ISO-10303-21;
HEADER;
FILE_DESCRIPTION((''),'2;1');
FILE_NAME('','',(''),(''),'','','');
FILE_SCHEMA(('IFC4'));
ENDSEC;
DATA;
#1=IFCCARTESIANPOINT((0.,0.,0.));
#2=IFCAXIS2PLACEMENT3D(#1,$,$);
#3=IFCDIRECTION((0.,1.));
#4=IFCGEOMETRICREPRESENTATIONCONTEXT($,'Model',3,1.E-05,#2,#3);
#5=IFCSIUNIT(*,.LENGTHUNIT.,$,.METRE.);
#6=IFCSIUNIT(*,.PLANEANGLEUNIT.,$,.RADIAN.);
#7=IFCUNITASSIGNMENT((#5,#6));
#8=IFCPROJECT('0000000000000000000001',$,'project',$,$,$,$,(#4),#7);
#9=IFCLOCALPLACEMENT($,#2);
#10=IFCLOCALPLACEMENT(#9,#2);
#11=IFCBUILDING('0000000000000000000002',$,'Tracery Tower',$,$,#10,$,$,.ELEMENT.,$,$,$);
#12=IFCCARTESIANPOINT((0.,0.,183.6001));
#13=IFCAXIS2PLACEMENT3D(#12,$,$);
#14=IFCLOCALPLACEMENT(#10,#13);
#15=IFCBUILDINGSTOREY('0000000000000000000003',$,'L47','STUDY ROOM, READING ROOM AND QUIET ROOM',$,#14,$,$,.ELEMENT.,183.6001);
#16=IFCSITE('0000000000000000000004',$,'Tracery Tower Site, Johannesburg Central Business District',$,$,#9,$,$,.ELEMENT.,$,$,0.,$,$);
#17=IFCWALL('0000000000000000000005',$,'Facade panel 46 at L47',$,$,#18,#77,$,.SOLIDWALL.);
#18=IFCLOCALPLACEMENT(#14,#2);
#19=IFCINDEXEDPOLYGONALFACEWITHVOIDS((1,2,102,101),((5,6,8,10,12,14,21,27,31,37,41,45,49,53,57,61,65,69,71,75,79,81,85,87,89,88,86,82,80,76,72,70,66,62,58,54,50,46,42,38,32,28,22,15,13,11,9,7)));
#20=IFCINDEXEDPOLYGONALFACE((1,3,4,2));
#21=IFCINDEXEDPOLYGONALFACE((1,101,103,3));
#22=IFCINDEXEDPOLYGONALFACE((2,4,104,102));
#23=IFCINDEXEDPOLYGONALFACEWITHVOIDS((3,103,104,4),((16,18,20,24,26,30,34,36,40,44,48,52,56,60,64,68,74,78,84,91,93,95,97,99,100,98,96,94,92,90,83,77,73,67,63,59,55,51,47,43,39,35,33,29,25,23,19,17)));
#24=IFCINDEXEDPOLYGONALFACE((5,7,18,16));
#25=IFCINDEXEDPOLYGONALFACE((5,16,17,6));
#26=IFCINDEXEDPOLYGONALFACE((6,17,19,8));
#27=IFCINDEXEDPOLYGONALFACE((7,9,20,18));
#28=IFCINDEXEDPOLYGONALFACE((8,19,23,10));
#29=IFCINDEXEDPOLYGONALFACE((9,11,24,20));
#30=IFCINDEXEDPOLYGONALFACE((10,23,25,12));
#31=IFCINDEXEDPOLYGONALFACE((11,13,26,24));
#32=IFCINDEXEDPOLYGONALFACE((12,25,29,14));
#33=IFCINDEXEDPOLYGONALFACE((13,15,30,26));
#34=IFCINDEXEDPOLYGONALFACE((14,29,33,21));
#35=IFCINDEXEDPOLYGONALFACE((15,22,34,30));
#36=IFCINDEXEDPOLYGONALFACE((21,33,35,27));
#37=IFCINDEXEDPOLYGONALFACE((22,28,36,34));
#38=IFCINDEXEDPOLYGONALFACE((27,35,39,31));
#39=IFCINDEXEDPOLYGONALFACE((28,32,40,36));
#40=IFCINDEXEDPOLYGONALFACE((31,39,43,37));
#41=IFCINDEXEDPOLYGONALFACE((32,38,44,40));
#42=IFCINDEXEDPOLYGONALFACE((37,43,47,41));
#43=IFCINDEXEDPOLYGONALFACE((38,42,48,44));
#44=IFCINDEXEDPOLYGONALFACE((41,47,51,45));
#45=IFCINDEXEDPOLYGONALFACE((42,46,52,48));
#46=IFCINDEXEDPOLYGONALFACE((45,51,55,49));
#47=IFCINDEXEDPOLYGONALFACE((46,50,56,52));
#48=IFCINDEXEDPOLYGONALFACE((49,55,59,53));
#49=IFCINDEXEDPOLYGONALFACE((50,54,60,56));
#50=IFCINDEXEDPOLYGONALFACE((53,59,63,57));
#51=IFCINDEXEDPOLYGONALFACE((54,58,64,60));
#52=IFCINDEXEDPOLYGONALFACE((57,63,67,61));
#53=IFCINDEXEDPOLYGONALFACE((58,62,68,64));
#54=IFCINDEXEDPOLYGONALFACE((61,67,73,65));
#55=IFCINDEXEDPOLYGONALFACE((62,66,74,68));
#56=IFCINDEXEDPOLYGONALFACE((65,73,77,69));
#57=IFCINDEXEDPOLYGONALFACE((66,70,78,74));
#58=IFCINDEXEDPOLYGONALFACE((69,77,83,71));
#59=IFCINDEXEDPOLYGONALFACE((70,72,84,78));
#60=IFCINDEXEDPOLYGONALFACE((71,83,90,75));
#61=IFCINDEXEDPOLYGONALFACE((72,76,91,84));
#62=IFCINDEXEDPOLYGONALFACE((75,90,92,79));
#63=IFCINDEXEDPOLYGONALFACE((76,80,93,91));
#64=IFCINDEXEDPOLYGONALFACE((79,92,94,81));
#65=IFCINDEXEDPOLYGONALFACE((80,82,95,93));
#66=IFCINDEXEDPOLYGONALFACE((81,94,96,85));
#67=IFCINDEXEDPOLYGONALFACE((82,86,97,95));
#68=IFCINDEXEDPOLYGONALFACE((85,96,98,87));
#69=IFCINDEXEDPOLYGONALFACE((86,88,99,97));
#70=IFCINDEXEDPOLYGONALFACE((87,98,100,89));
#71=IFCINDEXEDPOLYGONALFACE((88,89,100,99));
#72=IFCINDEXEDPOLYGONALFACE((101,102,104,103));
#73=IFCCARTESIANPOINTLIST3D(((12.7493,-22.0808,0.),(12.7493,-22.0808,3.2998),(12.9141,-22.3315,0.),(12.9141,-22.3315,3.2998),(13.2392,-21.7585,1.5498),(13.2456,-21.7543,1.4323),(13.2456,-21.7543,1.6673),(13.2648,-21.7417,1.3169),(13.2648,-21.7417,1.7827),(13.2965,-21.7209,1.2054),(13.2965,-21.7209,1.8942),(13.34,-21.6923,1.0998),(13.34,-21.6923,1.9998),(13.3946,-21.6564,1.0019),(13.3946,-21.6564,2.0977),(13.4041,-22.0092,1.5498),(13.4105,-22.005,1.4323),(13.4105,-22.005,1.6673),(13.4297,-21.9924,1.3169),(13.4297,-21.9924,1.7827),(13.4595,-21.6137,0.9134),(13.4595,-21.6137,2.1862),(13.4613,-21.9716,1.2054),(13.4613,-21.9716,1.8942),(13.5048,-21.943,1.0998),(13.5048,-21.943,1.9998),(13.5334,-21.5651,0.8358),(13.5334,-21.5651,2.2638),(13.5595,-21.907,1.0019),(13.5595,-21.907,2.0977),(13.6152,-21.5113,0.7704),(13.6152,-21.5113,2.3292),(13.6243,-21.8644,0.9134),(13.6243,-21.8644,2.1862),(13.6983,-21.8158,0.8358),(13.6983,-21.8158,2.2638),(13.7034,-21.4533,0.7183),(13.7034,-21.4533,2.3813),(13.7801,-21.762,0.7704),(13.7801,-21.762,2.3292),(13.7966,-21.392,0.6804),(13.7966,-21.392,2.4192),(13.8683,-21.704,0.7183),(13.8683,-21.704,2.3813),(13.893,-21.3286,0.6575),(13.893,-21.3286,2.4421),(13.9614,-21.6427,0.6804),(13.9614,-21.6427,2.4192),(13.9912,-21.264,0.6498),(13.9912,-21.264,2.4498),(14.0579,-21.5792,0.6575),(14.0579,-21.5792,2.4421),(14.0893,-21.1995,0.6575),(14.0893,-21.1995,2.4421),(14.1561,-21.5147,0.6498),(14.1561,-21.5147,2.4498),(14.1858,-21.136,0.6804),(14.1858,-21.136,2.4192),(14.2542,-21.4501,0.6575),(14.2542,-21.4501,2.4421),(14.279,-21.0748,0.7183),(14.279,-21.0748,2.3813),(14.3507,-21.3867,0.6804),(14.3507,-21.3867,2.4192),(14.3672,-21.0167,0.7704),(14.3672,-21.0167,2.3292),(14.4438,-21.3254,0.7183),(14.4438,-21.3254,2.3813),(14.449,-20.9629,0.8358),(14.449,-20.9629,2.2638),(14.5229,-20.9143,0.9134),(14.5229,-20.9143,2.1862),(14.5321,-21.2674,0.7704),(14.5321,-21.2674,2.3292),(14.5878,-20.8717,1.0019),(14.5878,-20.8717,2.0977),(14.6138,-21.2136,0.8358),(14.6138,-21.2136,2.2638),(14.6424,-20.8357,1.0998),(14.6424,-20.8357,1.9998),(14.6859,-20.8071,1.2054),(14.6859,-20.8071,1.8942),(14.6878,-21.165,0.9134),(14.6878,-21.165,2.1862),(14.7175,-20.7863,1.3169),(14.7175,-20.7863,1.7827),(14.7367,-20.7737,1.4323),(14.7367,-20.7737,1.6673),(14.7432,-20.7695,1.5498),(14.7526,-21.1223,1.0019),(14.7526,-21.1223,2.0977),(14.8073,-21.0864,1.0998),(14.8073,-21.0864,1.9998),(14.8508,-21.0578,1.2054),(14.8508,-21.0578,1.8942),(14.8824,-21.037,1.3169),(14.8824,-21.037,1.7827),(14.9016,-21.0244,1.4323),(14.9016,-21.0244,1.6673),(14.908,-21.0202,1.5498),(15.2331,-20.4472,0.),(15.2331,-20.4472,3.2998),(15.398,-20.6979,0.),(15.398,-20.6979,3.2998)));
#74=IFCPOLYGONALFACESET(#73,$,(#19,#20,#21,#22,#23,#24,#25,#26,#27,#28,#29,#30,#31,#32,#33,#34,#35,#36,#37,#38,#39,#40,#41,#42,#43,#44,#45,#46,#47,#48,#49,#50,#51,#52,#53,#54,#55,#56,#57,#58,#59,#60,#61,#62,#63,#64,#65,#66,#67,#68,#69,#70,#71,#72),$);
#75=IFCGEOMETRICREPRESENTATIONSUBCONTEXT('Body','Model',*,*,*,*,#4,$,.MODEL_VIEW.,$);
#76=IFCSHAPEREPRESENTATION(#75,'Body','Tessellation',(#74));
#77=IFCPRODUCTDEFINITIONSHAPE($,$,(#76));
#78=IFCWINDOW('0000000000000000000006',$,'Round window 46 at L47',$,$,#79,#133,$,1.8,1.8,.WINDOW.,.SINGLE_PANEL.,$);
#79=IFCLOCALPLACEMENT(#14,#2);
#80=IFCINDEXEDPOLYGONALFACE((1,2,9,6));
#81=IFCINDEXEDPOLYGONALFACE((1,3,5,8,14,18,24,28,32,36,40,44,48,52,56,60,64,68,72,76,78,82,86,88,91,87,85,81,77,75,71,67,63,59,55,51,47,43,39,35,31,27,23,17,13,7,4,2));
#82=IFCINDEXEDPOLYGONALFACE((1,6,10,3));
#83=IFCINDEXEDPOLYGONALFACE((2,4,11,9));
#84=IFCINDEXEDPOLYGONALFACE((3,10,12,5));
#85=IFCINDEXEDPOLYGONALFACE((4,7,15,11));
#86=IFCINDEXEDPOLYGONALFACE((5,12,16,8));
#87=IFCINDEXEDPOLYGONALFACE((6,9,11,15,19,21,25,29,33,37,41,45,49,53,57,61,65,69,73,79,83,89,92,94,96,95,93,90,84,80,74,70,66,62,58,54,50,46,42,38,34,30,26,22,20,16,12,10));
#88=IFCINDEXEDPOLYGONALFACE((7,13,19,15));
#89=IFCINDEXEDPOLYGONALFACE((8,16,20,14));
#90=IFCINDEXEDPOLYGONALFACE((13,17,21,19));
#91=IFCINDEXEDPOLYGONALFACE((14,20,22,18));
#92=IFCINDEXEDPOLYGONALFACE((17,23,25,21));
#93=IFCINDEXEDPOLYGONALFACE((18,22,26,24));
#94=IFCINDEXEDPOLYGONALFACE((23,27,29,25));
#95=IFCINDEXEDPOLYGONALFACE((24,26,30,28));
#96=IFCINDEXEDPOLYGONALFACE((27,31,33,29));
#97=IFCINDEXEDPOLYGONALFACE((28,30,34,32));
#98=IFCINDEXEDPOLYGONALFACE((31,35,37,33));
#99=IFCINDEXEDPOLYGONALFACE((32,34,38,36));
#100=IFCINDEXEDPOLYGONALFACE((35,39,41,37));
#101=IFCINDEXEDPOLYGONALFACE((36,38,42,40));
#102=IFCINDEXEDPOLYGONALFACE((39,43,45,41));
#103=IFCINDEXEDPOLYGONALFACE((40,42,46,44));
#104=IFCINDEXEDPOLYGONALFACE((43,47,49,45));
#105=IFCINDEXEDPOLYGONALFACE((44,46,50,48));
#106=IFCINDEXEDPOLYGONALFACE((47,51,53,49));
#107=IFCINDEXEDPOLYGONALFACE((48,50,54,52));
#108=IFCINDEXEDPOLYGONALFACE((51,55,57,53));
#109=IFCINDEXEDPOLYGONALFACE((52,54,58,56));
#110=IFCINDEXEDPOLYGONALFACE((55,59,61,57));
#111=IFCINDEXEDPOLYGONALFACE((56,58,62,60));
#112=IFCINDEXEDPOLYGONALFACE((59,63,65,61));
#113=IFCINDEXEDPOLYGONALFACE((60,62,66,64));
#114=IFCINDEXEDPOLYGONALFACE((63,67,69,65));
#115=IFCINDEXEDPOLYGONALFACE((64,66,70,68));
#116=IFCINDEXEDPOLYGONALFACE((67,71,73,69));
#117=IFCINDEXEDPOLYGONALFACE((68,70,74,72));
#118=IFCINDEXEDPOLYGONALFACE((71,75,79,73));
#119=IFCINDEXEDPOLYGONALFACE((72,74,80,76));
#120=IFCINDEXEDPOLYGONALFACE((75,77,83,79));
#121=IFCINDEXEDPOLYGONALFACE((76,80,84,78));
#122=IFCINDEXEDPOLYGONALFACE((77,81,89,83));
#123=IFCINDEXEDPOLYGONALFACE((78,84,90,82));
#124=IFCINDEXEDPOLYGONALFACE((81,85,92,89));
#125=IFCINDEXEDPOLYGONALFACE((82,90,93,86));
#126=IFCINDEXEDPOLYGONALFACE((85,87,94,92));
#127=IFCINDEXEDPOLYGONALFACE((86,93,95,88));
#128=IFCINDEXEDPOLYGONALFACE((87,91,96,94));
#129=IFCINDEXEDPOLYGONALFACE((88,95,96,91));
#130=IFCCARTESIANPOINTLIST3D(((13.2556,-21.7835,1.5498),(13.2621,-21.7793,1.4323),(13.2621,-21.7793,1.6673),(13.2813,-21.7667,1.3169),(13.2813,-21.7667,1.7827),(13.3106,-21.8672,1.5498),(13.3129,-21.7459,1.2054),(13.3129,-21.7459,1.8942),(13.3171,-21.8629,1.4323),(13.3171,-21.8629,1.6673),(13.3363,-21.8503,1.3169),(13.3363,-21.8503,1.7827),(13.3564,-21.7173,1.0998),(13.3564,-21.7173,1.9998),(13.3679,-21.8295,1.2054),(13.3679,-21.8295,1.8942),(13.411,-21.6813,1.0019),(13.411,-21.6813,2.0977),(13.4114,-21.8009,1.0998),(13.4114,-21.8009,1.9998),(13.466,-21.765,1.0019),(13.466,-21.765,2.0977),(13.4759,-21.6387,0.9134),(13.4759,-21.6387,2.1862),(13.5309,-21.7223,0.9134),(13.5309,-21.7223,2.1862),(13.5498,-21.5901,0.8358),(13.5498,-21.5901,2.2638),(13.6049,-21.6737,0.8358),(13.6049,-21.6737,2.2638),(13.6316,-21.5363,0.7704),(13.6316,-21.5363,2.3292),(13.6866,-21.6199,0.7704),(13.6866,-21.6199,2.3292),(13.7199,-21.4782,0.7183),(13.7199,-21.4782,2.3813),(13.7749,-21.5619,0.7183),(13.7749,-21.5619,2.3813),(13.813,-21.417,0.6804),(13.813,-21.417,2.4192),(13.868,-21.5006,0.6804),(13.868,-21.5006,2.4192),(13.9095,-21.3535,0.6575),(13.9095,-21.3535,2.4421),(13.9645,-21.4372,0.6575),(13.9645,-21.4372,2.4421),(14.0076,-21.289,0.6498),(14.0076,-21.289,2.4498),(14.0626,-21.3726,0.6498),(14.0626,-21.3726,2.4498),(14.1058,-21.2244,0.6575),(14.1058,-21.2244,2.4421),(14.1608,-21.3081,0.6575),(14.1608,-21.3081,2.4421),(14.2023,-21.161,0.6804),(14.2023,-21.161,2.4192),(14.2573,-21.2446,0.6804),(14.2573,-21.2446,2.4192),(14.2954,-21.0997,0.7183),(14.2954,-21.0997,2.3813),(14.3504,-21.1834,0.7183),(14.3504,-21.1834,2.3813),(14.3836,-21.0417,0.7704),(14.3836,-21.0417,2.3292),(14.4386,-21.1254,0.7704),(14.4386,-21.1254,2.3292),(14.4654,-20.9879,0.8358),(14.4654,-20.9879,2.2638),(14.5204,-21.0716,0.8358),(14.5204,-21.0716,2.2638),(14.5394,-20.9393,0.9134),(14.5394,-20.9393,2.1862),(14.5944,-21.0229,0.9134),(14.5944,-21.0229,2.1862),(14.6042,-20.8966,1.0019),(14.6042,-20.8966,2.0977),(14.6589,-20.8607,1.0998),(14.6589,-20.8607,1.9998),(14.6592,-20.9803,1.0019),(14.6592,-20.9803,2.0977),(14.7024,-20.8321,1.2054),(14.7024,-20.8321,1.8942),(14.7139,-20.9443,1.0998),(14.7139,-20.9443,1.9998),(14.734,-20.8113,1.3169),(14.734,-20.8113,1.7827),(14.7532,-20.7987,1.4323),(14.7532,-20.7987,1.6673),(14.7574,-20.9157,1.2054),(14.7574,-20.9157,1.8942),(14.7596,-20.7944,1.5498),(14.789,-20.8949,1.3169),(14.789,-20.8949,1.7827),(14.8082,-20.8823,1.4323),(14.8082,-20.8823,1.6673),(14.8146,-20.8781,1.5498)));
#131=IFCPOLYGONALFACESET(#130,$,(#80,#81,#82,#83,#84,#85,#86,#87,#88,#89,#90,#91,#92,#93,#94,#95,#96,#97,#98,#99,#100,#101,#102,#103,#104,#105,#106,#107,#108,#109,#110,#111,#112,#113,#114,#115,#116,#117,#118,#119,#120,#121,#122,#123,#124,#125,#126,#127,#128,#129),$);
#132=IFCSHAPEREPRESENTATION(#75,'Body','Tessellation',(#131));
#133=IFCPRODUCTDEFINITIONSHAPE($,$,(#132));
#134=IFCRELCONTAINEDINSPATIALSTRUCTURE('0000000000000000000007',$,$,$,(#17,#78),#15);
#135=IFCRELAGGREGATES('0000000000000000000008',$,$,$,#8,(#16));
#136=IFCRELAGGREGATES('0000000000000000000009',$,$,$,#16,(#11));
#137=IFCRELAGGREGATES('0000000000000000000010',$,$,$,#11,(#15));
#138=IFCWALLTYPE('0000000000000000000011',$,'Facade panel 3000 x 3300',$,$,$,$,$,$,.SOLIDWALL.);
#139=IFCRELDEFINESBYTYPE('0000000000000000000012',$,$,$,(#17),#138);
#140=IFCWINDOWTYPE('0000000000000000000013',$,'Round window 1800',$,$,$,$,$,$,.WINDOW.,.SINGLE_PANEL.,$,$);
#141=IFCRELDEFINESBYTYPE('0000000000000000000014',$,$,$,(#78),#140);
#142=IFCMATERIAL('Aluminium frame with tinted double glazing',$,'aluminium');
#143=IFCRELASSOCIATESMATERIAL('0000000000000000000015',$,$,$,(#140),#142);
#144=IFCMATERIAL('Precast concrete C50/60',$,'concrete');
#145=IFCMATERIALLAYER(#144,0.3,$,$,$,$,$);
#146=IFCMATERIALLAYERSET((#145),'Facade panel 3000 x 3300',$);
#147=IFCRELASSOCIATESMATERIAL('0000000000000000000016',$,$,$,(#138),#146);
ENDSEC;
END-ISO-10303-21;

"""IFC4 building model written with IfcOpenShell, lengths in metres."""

from ifc_helpers import new_model, si_unit, direction, frame, frame_2d, origin, origin_2d, place, context, subcontext, project, spatial, rectangle, circle, extrude, material, layer, layer_set, type_object, element, fill, save


model = new_model("IFC4")

# Units and contexts
model_context = context("Model", 3, precision=1e-05, world=origin(), true_north=direction((0.0, 1.0)))
body_context = subcontext(model_context, "Body", "Model", "MODEL_VIEW")
ifc_project = project(units=[si_unit("LENGTHUNIT", "METRE"), si_unit("PLANEANGLEUNIT", "RADIAN")], contexts=[model_context])

# Site, building, storey
site_placement = place(None, origin())
site = spatial("IfcSite", under=ifc_project, at=site_placement, Name="Tracery Tower Site, Johannesburg Central Business District", CompositionType="ELEMENT", RefElevation=0.0)
building_placement = place(site_placement, origin())
building = spatial("IfcBuilding", under=site, at=building_placement, Name="Tracery Tower", CompositionType="ELEMENT")
storey_placement = place(building_placement, frame((0.0, 0.0, 183.6001)))
storey = spatial("IfcBuildingStorey", under=building, at=storey_placement, Name="L47", Description="STUDY ROOM, READING ROOM AND QUIET ROOM", CompositionType="ELEMENT", Elevation=183.6001)

# Wall, opening, window
ifc_material_1 = material(Name="Aluminium frame with tinted double glazing", Category="aluminium")
window_type = type_object("IfcWindowType", Name="Round window 1800", PartitioningType="SINGLE_PANEL", PredefinedType="WINDOW", material=ifc_material_1)
ifc_material_2 = material(Name="Precast concrete C50/60", Category="concrete")
ifc_layer_1 = layer(ifc_material_2, 0.3)
ifc_layer_set_1 = layer_set([ifc_layer_1], Name="Facade panel 3000 x 3300")
wall_type_1 = type_object("IfcWallType", Name="Facade panel 3000 x 3300", PredefinedType="SOLIDWALL", material=ifc_layer_set_1)
wall_1_placement = place(storey_placement, frame((12.8318, -22.2061, 0.0), z_axis=(0.0, 0.0, 1.0), x_axis=(0.835508, 0.549478, 0.0)))
wall_1 = element("IfcWall", 1, at=wall_1_placement, inside=storey, type_object=wall_type_1, Name="Facade panel 46 at L47", PredefinedType="SOLIDWALL", context=body_context, shape_type="SweptSolid", body=[
    extrude(rectangle(XDim=2.9729, YDim=0.3, at=frame_2d((1.4863, 0.0))), origin(), (0.0, 0.0, 1.0), 3.2998),
])
opening_1_placement = place(wall_1_placement, frame((1.4863, 0.0, 1.5498)))
opening_1 = element("IfcOpeningElement", 2, at=opening_1_placement, cuts=wall_1, PredefinedType="OPENING", context=body_context, shape_type="SweptSolid", body=[
    extrude(circle(Radius=0.9, at=origin_2d()), frame((0.0, 0.1599, 0.0), z_axis=(0.0, -1.0, 0.0), x_axis=(1.0, 0.0, 0.0)), (0.0, 0.0, 1.0), 0.3201),
])
window_1_placement = place(opening_1_placement, origin())
window_1 = element("IfcWindow", 3, at=window_1_placement, inside=storey, type_object=window_type, Name="Round window 46 at L47", OverallHeight=1.8, OverallWidth=1.8, PartitioningType="SINGLE_PANEL", PredefinedType="WINDOW", context=body_context, shape_type="SweptSolid", body=[
    extrude(circle(Radius=0.9, at=origin_2d()), frame((0.0, 0.1201, 0.0), z_axis=(0.0, -1.0, 0.0), x_axis=(1.0, 0.0, 0.0)), (0.0, 0.0, 1.0), 0.1001),
])
fill(opening_1, window_1)

save(model, "model.ifc")
